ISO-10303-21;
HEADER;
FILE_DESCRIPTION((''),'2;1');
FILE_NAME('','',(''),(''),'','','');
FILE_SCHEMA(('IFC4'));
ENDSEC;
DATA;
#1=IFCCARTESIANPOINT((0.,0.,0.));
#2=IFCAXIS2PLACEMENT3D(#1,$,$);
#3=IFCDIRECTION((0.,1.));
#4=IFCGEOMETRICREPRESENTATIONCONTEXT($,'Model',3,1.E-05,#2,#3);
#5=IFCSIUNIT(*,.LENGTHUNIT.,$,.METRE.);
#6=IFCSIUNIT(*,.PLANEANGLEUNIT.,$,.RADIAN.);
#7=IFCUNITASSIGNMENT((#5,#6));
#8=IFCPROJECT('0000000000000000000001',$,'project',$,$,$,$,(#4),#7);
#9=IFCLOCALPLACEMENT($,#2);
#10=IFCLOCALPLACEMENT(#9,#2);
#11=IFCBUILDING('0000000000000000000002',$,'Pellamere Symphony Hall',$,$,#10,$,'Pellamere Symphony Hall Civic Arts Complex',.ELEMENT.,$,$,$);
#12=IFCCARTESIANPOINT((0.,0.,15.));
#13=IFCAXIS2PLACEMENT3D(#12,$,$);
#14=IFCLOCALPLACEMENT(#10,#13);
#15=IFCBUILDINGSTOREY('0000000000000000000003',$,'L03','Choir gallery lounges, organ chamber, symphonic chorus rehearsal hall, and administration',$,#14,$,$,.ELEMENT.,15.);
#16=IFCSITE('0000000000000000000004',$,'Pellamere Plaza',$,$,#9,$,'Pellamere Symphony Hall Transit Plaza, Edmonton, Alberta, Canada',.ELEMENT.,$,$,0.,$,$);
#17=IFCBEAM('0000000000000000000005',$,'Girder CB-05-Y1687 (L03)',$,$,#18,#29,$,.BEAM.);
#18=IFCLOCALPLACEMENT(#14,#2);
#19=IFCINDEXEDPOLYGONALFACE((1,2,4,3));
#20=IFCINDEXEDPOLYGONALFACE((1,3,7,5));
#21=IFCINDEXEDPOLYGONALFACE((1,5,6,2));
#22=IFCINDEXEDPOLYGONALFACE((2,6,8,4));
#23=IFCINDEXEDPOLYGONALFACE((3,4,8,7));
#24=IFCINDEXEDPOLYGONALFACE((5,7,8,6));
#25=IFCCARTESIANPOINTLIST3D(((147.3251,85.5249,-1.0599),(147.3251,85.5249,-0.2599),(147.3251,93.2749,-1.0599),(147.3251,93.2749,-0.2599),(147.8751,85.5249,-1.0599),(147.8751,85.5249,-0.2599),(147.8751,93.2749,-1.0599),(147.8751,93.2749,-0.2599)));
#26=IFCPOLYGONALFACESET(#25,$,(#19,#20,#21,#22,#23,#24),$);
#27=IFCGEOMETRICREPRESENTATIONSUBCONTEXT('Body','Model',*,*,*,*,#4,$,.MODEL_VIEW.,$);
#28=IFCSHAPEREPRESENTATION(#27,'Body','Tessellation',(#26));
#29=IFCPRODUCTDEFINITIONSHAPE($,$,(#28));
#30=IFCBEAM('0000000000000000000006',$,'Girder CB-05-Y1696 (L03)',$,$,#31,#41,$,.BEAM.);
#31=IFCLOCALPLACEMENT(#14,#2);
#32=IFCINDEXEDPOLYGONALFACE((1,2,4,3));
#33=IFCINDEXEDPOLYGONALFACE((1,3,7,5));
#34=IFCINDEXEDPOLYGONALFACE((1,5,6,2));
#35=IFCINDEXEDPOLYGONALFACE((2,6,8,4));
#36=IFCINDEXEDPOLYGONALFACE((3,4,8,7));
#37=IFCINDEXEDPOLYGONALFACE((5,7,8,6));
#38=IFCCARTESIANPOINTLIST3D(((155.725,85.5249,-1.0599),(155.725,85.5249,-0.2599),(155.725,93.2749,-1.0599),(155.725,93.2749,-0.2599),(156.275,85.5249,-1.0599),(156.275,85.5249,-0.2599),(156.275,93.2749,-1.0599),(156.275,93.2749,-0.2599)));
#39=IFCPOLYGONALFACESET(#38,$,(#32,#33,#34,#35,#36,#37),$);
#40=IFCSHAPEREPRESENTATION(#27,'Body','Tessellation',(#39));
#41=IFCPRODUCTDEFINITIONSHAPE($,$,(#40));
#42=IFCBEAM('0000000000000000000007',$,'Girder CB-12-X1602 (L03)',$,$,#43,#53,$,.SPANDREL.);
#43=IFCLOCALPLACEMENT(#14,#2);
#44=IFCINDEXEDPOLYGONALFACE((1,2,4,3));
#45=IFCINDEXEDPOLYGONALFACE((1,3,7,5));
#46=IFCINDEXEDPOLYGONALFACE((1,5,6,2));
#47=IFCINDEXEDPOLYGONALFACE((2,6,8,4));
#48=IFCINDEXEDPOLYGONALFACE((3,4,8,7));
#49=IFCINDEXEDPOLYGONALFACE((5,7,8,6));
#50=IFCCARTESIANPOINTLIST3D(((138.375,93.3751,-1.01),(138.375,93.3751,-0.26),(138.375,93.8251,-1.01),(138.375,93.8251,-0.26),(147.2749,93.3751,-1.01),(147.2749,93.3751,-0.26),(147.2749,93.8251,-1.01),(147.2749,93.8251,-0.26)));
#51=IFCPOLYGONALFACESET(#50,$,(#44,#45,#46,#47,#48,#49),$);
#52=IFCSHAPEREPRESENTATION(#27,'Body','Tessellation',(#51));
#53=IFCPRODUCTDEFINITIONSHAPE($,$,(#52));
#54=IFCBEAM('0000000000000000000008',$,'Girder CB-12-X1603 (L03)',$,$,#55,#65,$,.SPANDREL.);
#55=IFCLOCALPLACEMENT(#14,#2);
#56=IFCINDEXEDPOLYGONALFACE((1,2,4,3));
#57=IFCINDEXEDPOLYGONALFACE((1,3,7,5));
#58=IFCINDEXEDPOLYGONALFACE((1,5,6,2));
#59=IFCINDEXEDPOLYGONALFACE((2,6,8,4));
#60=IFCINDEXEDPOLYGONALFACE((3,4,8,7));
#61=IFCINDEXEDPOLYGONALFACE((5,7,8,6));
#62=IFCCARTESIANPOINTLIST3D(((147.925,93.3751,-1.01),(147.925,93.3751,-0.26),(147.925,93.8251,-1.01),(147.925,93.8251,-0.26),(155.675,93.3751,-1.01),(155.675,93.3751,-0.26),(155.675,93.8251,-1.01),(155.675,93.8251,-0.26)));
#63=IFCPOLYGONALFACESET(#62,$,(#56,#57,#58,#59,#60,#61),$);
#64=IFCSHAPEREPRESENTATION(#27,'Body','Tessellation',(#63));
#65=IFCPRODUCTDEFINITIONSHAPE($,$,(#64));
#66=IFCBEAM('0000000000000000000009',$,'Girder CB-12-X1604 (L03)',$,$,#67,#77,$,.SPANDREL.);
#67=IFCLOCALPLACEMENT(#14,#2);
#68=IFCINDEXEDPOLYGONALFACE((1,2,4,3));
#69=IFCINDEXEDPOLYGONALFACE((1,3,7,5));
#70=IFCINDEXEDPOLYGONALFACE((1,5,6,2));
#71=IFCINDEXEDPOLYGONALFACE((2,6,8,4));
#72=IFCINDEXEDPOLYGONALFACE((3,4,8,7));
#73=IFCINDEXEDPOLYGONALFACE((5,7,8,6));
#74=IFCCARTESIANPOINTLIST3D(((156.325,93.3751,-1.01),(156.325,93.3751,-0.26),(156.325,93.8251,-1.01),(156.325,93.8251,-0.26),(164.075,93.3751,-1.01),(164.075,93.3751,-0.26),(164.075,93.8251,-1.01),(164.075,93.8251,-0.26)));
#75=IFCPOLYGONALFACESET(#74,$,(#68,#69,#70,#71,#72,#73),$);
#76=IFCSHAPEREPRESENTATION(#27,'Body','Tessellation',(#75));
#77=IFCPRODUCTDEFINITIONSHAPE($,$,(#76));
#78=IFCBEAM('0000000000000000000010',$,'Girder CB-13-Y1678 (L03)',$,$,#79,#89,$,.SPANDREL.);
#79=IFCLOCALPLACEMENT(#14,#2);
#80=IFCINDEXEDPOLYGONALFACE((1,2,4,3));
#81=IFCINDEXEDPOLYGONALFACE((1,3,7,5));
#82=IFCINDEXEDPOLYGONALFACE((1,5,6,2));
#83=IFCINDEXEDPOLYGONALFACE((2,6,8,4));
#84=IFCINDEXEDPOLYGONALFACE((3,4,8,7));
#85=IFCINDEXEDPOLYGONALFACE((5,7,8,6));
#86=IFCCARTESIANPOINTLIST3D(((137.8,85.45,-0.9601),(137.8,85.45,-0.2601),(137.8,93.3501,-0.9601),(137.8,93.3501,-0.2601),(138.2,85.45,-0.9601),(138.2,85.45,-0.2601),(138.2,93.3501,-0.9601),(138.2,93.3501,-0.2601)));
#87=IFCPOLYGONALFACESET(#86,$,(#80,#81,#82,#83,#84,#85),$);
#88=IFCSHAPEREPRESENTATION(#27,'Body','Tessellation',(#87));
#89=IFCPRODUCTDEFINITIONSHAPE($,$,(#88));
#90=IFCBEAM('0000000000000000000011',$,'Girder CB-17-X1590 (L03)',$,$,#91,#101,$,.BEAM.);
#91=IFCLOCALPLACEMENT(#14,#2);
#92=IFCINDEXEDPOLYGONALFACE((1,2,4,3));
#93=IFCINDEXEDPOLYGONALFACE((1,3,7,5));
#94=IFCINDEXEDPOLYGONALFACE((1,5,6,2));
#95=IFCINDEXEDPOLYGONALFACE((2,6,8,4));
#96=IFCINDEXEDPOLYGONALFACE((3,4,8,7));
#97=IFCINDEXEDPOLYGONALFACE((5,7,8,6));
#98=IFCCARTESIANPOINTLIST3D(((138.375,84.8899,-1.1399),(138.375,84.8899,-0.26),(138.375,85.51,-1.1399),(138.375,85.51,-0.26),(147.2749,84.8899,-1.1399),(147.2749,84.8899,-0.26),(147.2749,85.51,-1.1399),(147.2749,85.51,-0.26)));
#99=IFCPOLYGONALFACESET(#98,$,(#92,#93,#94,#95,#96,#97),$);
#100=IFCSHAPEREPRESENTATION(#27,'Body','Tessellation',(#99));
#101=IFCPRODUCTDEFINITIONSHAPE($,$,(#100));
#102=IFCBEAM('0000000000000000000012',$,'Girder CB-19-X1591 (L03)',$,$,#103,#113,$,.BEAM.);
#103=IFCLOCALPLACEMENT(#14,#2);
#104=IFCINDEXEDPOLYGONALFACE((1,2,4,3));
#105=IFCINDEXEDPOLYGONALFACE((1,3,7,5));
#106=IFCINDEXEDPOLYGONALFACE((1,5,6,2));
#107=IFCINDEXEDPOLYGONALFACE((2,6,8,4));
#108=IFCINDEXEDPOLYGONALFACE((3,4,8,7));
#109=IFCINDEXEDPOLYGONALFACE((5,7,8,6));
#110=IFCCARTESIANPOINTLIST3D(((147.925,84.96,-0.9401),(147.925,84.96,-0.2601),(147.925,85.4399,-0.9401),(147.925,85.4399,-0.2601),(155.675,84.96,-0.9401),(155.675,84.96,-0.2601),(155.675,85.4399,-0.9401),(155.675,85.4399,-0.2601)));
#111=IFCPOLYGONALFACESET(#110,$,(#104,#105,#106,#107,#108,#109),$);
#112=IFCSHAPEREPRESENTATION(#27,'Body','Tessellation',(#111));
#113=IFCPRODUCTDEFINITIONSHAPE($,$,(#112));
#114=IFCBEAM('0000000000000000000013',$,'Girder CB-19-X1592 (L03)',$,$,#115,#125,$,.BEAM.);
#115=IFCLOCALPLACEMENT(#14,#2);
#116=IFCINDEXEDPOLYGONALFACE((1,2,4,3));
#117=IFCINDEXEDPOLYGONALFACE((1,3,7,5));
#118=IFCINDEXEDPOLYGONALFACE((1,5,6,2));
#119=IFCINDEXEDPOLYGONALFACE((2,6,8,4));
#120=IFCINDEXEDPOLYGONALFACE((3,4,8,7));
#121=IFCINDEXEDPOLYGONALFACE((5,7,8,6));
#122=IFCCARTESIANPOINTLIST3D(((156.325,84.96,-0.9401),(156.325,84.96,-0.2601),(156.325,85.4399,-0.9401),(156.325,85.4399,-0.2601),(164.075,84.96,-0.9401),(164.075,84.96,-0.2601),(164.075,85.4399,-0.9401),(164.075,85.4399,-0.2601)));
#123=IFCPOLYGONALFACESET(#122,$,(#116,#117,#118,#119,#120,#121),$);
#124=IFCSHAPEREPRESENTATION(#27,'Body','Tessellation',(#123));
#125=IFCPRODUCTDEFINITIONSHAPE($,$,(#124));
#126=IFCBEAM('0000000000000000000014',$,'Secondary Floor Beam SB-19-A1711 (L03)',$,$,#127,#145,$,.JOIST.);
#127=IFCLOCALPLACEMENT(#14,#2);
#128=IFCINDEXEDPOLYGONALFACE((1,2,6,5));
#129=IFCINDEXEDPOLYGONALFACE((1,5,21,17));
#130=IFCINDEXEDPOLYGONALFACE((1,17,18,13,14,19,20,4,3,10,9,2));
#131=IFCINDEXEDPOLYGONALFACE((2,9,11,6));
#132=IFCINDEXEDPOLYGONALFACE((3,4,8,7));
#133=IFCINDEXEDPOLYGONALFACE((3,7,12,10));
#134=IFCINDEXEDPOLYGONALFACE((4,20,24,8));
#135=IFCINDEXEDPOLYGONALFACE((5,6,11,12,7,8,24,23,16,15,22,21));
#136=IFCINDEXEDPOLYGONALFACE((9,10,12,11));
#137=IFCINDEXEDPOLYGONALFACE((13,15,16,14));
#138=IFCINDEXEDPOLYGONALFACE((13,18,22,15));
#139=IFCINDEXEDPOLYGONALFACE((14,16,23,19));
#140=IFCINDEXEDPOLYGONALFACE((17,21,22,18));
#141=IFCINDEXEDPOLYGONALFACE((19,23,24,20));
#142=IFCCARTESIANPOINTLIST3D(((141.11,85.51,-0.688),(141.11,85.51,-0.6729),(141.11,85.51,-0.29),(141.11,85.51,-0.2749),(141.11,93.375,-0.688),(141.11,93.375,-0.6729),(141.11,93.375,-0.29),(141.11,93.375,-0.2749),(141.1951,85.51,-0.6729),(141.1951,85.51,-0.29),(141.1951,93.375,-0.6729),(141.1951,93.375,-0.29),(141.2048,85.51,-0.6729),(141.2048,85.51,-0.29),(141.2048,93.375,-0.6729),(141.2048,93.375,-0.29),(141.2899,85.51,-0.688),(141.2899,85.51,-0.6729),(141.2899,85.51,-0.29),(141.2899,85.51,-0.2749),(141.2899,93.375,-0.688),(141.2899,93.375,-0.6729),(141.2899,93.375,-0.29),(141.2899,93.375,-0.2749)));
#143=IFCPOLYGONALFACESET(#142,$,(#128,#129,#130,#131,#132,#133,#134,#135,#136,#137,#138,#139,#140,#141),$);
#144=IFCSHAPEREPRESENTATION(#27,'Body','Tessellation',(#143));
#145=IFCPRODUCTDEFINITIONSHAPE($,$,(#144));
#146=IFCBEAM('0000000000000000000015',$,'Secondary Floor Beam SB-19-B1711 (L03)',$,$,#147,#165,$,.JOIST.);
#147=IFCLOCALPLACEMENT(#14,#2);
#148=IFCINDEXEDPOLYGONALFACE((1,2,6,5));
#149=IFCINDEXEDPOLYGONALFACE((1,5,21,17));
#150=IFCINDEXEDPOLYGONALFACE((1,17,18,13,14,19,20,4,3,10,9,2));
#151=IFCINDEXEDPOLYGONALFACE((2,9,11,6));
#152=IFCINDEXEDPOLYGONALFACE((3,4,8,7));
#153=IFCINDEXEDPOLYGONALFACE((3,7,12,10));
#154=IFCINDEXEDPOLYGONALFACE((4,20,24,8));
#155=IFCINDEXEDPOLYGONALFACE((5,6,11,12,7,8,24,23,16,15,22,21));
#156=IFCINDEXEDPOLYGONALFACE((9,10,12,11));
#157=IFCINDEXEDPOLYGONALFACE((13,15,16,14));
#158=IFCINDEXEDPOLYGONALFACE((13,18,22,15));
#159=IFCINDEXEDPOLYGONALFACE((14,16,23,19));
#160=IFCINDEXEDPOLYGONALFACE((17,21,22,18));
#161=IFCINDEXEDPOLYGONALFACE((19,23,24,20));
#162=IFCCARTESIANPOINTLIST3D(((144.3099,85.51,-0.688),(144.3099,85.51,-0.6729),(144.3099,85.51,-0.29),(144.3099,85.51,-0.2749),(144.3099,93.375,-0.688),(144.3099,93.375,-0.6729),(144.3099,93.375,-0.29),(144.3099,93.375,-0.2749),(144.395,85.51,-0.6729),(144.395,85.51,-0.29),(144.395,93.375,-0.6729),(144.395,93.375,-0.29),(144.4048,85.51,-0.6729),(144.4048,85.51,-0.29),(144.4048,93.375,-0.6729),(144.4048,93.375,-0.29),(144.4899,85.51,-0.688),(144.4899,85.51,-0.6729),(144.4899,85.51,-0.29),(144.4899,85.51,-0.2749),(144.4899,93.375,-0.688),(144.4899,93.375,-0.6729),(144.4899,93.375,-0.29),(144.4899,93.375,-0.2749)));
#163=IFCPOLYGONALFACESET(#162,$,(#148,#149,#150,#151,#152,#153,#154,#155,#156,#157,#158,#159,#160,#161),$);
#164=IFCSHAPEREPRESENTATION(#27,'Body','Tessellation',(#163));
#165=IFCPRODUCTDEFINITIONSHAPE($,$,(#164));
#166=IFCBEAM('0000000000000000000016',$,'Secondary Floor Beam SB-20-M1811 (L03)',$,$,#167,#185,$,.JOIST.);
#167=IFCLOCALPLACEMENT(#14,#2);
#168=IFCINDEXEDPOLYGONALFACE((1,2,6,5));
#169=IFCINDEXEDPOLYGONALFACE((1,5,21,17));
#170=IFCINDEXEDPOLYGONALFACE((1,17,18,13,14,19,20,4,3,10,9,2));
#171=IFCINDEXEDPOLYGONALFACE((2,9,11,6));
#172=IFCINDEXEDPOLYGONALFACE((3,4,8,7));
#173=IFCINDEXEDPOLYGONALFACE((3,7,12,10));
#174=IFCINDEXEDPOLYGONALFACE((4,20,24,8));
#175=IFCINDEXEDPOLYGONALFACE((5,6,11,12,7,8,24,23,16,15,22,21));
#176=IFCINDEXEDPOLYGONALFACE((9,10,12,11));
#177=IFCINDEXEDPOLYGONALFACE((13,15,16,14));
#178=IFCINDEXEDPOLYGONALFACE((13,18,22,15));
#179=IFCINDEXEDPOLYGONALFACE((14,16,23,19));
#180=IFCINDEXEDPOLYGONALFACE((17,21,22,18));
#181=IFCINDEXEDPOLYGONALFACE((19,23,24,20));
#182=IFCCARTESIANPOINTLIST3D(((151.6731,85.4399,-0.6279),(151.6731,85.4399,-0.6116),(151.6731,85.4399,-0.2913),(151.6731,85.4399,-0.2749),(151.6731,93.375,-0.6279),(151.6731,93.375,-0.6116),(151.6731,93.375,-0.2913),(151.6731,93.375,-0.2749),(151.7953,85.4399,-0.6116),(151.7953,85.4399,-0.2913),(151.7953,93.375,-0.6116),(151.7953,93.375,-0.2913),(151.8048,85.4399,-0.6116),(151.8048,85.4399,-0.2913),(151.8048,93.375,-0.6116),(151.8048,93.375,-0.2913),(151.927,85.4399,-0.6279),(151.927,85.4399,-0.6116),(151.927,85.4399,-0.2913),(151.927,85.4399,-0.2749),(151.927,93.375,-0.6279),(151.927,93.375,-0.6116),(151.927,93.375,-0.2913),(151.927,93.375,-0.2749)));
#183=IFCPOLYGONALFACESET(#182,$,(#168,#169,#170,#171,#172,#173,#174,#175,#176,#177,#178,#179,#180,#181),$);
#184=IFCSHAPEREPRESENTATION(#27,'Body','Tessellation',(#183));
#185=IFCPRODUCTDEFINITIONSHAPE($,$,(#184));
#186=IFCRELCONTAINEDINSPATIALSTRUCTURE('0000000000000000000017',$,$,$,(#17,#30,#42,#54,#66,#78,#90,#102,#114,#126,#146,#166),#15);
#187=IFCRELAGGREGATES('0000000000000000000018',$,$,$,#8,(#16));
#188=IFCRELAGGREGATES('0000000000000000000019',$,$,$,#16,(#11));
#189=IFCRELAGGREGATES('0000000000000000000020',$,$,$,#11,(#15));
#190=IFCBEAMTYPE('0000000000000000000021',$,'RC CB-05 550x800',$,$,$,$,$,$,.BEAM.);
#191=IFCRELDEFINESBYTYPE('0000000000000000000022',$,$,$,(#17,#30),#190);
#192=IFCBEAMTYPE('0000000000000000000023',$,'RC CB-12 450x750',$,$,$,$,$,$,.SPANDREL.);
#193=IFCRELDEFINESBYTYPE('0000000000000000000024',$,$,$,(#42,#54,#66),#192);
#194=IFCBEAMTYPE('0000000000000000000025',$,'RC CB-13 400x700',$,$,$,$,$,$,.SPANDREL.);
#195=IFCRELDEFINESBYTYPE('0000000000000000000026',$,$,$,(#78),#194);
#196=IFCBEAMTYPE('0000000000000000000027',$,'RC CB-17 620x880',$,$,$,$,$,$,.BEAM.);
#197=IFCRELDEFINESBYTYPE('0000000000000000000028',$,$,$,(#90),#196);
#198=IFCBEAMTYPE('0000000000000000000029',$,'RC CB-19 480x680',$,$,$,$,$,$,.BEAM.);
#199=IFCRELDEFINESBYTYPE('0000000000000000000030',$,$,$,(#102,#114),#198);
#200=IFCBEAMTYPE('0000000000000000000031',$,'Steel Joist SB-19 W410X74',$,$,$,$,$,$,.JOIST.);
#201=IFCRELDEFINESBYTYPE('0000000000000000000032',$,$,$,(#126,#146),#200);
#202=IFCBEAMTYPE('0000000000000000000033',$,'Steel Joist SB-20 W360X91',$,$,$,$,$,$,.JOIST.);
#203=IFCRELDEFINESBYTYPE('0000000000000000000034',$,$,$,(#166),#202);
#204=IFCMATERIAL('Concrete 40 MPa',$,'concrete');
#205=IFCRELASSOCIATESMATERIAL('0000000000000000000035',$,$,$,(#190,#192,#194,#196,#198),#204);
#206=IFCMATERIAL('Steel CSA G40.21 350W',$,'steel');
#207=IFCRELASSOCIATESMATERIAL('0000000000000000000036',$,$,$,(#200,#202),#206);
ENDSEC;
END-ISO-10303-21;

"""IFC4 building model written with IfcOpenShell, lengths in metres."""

from ifc_helpers import new_model, si_unit, direction, frame, origin, origin_2d, place, context, subcontext, project, spatial, rectangle, i_section, extrude, material, material_profile, profile_set, type_object, element, save


model = new_model("IFC4")

# Units and contexts
model_context = context("Model", 3, precision=1e-05, world=origin(), true_north=direction((0.0, 1.0)))
body_context = subcontext(model_context, "Body", "Model", "MODEL_VIEW")
ifc_project = project(units=[si_unit("LENGTHUNIT", "METRE"), si_unit("PLANEANGLEUNIT", "RADIAN")], contexts=[model_context])

# Site, building, storey
site_placement = place(None, origin())
site = spatial("IfcSite", under=ifc_project, at=site_placement, Name="Pellamere Plaza", LongName="Pellamere Symphony Hall Transit Plaza, Edmonton, Alberta, Canada", CompositionType="ELEMENT", RefElevation=0.0)
building_placement = place(site_placement, origin())
building = spatial("IfcBuilding", under=site, at=building_placement, Name="Pellamere Symphony Hall", LongName="Pellamere Symphony Hall Civic Arts Complex", CompositionType="ELEMENT")
storey_placement = place(building_placement, frame((0.0, 0.0, 15.0)))
storey = spatial("IfcBuildingStorey", under=building, at=storey_placement, Name="L03", Description="Choir gallery lounges, organ chamber, symphonic chorus rehearsal hall, and administration", CompositionType="ELEMENT", Elevation=15.0)

# Shared definitions
ifc_material_1 = material(Name="Concrete 40 MPa", Category="concrete")

# Beams
ifc_material_profile_1 = material_profile(ifc_material_1, rectangle(XDim=0.55, YDim=0.8, at=origin_2d()), Name="RC 550x800")
ifc_profile_set_1 = profile_set([ifc_material_profile_1], Name="Concrete 40 MPa")
beam_type_1 = type_object("IfcBeamType", Name="RC CB-05 550x800", PredefinedType="BEAM", material=ifc_profile_set_1)
for number, where, z_axis, x_axis, name in (
    (1, (147.6001, 85.5249, -0.6599), (0.0, 1.0, 0.0), (-1.0, 0.0, 0.0), "Girder CB-05-Y1687 (L03)"),
    (2, (156.0, 85.5249, -0.6599), (0.0, 1.0, 0.0), (-1.0, 0.0, 0.0), "Girder CB-05-Y1696 (L03)"),
):
    element("IfcBeam", number, at=place(storey_placement, frame(where, z_axis=z_axis, x_axis=x_axis)), inside=storey, type_object=beam_type_1, Name=name, PredefinedType="BEAM", context=body_context, shape_type="SweptSolid", body=[
        extrude(rectangle(XDim=0.55, YDim=0.8, at=origin_2d()), origin(), (0.0, 0.0, 1.0), 7.75),
    ])
ifc_material_profile_2 = material_profile(ifc_material_1, rectangle(XDim=0.45, YDim=0.75, at=origin_2d()), Name="RC 450x750")
ifc_profile_set_2 = profile_set([ifc_material_profile_2], Name="Concrete 40 MPa")
beam_type_2 = type_object("IfcBeamType", Name="RC CB-12 450x750", PredefinedType="SPANDREL", material=ifc_profile_set_2)
beam_1_placement = place(storey_placement, frame((138.375, 93.6001, -0.635), z_axis=(1.0, 0.0, 0.0), x_axis=(0.0, 1.0, 0.0)))
element("IfcBeam", 3, at=beam_1_placement, inside=storey, type_object=beam_type_2, Name="Girder CB-12-X1602 (L03)", PredefinedType="SPANDREL", context=body_context, shape_type="SweptSolid", body=[
    extrude(rectangle(XDim=0.45, YDim=0.75, at=origin_2d()), origin(), (0.0, 0.0, 1.0), 8.8999),
])
for number, where, z_axis, x_axis, name in (
    (4, (147.925, 93.6001, -0.635), (1.0, 0.0, 0.0), (0.0, 1.0, 0.0), "Girder CB-12-X1603 (L03)"),
    (5, (156.325, 93.6001, -0.635), (1.0, 0.0, 0.0), (0.0, 1.0, 0.0), "Girder CB-12-X1604 (L03)"),
):
    element("IfcBeam", number, at=place(storey_placement, frame(where, z_axis=z_axis, x_axis=x_axis)), inside=storey, type_object=beam_type_2, Name=name, PredefinedType="SPANDREL", context=body_context, shape_type="SweptSolid", body=[
        extrude(rectangle(XDim=0.45, YDim=0.75, at=origin_2d()), origin(), (0.0, 0.0, 1.0), 7.75),
    ])
ifc_material_profile_3 = material_profile(ifc_material_1, rectangle(XDim=0.3999, YDim=0.7, at=origin_2d()), Name="RC 400x700")
ifc_profile_set_3 = profile_set([ifc_material_profile_3], Name="Concrete 40 MPa")
beam_type_3 = type_object("IfcBeamType", Name="RC CB-13 400x700", PredefinedType="SPANDREL", material=ifc_profile_set_3)
beam_2_placement = place(storey_placement, frame((138.0, 85.45, -0.6101), z_axis=(0.0, 1.0, 0.0), x_axis=(-1.0, 0.0, 0.0)))
element("IfcBeam", 6, at=beam_2_placement, inside=storey, type_object=beam_type_3, Name="Girder CB-13-Y1678 (L03)", PredefinedType="SPANDREL", context=body_context, shape_type="SweptSolid", body=[
    extrude(rectangle(XDim=0.3999, YDim=0.7, at=origin_2d()), origin(), (0.0, 0.0, 1.0), 7.9001),
])
ifc_material_profile_4 = material_profile(ifc_material_1, rectangle(XDim=0.6201, YDim=0.8799, at=origin_2d()), Name="RC 620x880")
ifc_profile_set_4 = profile_set([ifc_material_profile_4], Name="Concrete 40 MPa")
beam_type_4 = type_object("IfcBeamType", Name="RC CB-17 620x880", PredefinedType="BEAM", material=ifc_profile_set_4)
beam_3_placement = place(storey_placement, frame((138.375, 85.2, -0.7), z_axis=(1.0, 0.0, 0.0), x_axis=(0.0, 1.0, 0.0)))
element("IfcBeam", 7, at=beam_3_placement, inside=storey, type_object=beam_type_4, Name="Girder CB-17-X1590 (L03)", PredefinedType="BEAM", context=body_context, shape_type="SweptSolid", body=[
    extrude(rectangle(XDim=0.6201, YDim=0.8799, at=origin_2d()), origin(), (0.0, 0.0, 1.0), 8.8999),
])
ifc_material_profile_5 = material_profile(ifc_material_1, rectangle(XDim=0.48, YDim=0.6799, at=origin_2d()), Name="RC 480x680")
ifc_profile_set_5 = profile_set([ifc_material_profile_5], Name="Concrete 40 MPa")
beam_type_5 = type_object("IfcBeamType", Name="RC CB-19 480x680", PredefinedType="BEAM", material=ifc_profile_set_5)
for number, where, z_axis, x_axis, name in (
    (8, (147.925, 85.2, -0.6001), (1.0, 0.0, 0.0), (0.0, 1.0, 0.0), "Girder CB-19-X1591 (L03)"),
    (9, (156.325, 85.2, -0.6001), (1.0, 0.0, 0.0), (0.0, 1.0, 0.0), "Girder CB-19-X1592 (L03)"),
):
    element("IfcBeam", number, at=place(storey_placement, frame(where, z_axis=z_axis, x_axis=x_axis)), inside=storey, type_object=beam_type_5, Name=name, PredefinedType="BEAM", context=body_context, shape_type="SweptSolid", body=[
        extrude(rectangle(XDim=0.48, YDim=0.6799, at=origin_2d()), origin(), (0.0, 0.0, 1.0), 7.75),
    ])
ifc_material_2 = material(Name="Steel CSA G40.21 350W", Category="steel")
ifc_material_profile_6 = material_profile(ifc_material_2, i_section(OverallWidth=0.1799, OverallDepth=0.4131, WebThickness=0.0098, FlangeThickness=0.0151, at=origin_2d()), Name="W410X74")
ifc_profile_set_6 = profile_set([ifc_material_profile_6], Name="Steel CSA G40.21 350W")
beam_type_6 = type_object("IfcBeamType", Name="Steel Joist SB-19 W410X74", PredefinedType="JOIST", material=ifc_profile_set_6)
for number, where, z_axis, x_axis, name in (
    (10, (141.2, 85.51, -0.4814), (0.0, 1.0, 0.0), (-1.0, 0.0, 0.0), "Secondary Floor Beam SB-19-A1711 (L03)"),
    (11, (144.3999, 85.51, -0.4814), (0.0, 1.0, 0.0), (-1.0, 0.0, 0.0), "Secondary Floor Beam SB-19-B1711 (L03)"),
):
    element("IfcBeam", number, at=place(storey_placement, frame(where, z_axis=z_axis, x_axis=x_axis)), inside=storey, type_object=beam_type_6, Name=name, PredefinedType="JOIST", context=body_context, shape_type="SweptSolid", body=[
        extrude(i_section(OverallWidth=0.1799, OverallDepth=0.4131, WebThickness=0.0098, FlangeThickness=0.0151, at=origin_2d()), origin(), (0.0, 0.0, 1.0), 7.865),
    ])
ifc_material_profile_7 = material_profile(ifc_material_2, i_section(OverallWidth=0.2539, OverallDepth=0.353, WebThickness=0.0095, FlangeThickness=0.0164, at=origin_2d()), Name="W360X91")
ifc_profile_set_7 = profile_set([ifc_material_profile_7], Name="Steel CSA G40.21 350W")
beam_type_7 = type_object("IfcBeamType", Name="Steel Joist SB-20 W360X91", PredefinedType="JOIST", material=ifc_profile_set_7)
beam_4_placement = place(storey_placement, frame((151.8, 85.4399, -0.4514), z_axis=(0.0, 1.0, 0.0), x_axis=(-1.0, 0.0, 0.0)))
element("IfcBeam", 12, at=beam_4_placement, inside=storey, type_object=beam_type_7, Name="Secondary Floor Beam SB-20-M1811 (L03)", PredefinedType="JOIST", context=body_context, shape_type="SweptSolid", body=[
    extrude(i_section(OverallWidth=0.2539, OverallDepth=0.353, WebThickness=0.0095, FlangeThickness=0.0164, at=origin_2d()), origin(), (0.0, 0.0, 1.0), 7.9351),
])

save(model, "model.ifc")
